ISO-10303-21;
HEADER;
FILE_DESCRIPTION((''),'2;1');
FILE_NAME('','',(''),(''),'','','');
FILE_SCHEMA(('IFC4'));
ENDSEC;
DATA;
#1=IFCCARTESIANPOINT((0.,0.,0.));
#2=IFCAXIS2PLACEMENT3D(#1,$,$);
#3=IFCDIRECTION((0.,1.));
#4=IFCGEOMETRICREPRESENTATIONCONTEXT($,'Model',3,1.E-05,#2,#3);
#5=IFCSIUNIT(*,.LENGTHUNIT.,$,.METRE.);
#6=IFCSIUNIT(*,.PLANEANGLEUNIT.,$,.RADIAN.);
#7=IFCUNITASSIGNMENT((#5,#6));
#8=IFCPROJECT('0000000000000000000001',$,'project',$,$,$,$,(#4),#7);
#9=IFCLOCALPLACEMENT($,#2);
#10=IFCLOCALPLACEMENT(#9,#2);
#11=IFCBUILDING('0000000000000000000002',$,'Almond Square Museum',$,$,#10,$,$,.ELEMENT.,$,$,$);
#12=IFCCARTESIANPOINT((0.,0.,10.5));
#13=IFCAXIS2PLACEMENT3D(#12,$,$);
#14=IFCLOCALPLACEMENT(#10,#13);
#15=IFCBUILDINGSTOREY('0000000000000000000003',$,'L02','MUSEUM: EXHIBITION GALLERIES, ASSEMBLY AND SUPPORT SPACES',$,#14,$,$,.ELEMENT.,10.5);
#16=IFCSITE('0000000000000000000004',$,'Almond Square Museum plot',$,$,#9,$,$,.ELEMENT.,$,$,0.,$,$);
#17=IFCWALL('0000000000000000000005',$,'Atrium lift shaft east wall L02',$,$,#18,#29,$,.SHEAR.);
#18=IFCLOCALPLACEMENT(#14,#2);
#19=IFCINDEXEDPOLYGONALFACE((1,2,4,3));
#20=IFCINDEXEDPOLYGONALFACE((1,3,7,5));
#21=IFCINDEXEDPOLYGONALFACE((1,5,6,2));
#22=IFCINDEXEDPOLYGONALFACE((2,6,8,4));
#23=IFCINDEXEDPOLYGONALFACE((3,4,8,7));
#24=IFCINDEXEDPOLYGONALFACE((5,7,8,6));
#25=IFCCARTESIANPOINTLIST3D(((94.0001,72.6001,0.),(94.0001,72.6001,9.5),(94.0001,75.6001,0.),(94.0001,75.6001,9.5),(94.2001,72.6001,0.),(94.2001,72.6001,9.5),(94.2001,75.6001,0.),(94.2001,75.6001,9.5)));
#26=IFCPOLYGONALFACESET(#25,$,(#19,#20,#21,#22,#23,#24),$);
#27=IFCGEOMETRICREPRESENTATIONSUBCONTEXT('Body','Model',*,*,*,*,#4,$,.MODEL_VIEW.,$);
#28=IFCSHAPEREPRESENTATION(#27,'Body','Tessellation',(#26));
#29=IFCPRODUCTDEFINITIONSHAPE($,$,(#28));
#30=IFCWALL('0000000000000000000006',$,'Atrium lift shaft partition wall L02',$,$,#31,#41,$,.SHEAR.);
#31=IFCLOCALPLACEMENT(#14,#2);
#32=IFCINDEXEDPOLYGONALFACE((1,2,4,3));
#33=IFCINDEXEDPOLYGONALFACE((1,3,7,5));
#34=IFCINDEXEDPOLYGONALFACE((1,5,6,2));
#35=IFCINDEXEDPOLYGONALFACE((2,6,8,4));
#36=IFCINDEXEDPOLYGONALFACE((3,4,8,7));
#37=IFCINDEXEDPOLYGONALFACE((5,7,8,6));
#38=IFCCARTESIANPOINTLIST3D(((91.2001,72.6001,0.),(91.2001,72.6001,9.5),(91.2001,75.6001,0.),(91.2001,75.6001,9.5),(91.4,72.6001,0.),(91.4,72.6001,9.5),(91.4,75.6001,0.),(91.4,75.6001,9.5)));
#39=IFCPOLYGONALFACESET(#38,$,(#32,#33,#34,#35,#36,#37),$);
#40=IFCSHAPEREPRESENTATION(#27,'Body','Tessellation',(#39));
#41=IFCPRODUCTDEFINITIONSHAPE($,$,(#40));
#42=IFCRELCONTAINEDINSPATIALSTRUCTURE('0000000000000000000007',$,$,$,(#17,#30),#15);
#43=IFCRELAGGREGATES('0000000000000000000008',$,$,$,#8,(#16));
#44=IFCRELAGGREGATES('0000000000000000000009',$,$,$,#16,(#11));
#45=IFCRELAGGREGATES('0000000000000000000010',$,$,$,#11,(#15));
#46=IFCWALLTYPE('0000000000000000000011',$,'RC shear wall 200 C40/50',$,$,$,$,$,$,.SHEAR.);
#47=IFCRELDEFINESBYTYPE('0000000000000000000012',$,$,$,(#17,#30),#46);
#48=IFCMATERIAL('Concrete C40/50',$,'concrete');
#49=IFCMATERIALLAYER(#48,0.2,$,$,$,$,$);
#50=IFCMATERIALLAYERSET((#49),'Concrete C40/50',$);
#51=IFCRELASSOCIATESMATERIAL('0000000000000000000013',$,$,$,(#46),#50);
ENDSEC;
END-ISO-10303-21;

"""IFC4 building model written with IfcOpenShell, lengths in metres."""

from ifc_helpers import new_model, si_unit, direction, frame, frame_2d, origin, place, context, subcontext, project, spatial, rectangle, extrude, material, layer, layer_set, type_object, element, save


model = new_model("IFC4")

# Units and contexts
model_context = context("Model", 3, precision=1e-05, world=origin(), true_north=direction((0.0, 1.0)))
body_context = subcontext(model_context, "Body", "Model", "MODEL_VIEW")
ifc_project = project(units=[si_unit("LENGTHUNIT", "METRE"), si_unit("PLANEANGLEUNIT", "RADIAN")], contexts=[model_context])

# Site, building, storey
site_placement = place(None, origin())
site = spatial("IfcSite", under=ifc_project, at=site_placement, Name="Almond Square Museum plot", CompositionType="ELEMENT", RefElevation=0.0)
building_placement = place(site_placement, origin())
building = spatial("IfcBuilding", under=site, at=building_placement, Name="Almond Square Museum", CompositionType="ELEMENT")
storey_placement = place(building_placement, frame((0.0, 0.0, 10.5)))
storey = spatial("IfcBuildingStorey", under=building, at=storey_placement, Name="L02", Description="MUSEUM: EXHIBITION GALLERIES, ASSEMBLY AND SUPPORT SPACES", CompositionType="ELEMENT", Elevation=10.5)

# Walls
ifc_material_1 = material(Name="Concrete C40/50", Category="concrete")
ifc_layer_1 = layer(ifc_material_1, 0.2)
ifc_layer_set_1 = layer_set([ifc_layer_1], Name="Concrete C40/50")
wall_type = type_object("IfcWallType", Name="RC shear wall 200 C40/50", PredefinedType="SHEAR", material=ifc_layer_set_1)
for number, where, z_axis, x_axis, name in (
    (1, (94.1001, 72.6001, 0.0), (0.0, 0.0, 1.0), (0.0, 1.0, 0.0), "Atrium lift shaft east wall L02"),
    (2, (91.3, 72.6001, 0.0), (0.0, 0.0, 1.0), (0.0, 1.0, 0.0), "Atrium lift shaft partition wall L02"),
):
    element("IfcWall", number, at=place(storey_placement, frame(where, z_axis=z_axis, x_axis=x_axis)), inside=storey, type_object=wall_type, Name=name, PredefinedType="SHEAR", context=body_context, shape_type="SweptSolid", body=[
        extrude(rectangle(XDim=3.0, YDim=0.2, at=frame_2d((1.5, 0.0))), origin(), (0.0, 0.0, 1.0), 9.5),
    ])

save(model, "model.ifc")
